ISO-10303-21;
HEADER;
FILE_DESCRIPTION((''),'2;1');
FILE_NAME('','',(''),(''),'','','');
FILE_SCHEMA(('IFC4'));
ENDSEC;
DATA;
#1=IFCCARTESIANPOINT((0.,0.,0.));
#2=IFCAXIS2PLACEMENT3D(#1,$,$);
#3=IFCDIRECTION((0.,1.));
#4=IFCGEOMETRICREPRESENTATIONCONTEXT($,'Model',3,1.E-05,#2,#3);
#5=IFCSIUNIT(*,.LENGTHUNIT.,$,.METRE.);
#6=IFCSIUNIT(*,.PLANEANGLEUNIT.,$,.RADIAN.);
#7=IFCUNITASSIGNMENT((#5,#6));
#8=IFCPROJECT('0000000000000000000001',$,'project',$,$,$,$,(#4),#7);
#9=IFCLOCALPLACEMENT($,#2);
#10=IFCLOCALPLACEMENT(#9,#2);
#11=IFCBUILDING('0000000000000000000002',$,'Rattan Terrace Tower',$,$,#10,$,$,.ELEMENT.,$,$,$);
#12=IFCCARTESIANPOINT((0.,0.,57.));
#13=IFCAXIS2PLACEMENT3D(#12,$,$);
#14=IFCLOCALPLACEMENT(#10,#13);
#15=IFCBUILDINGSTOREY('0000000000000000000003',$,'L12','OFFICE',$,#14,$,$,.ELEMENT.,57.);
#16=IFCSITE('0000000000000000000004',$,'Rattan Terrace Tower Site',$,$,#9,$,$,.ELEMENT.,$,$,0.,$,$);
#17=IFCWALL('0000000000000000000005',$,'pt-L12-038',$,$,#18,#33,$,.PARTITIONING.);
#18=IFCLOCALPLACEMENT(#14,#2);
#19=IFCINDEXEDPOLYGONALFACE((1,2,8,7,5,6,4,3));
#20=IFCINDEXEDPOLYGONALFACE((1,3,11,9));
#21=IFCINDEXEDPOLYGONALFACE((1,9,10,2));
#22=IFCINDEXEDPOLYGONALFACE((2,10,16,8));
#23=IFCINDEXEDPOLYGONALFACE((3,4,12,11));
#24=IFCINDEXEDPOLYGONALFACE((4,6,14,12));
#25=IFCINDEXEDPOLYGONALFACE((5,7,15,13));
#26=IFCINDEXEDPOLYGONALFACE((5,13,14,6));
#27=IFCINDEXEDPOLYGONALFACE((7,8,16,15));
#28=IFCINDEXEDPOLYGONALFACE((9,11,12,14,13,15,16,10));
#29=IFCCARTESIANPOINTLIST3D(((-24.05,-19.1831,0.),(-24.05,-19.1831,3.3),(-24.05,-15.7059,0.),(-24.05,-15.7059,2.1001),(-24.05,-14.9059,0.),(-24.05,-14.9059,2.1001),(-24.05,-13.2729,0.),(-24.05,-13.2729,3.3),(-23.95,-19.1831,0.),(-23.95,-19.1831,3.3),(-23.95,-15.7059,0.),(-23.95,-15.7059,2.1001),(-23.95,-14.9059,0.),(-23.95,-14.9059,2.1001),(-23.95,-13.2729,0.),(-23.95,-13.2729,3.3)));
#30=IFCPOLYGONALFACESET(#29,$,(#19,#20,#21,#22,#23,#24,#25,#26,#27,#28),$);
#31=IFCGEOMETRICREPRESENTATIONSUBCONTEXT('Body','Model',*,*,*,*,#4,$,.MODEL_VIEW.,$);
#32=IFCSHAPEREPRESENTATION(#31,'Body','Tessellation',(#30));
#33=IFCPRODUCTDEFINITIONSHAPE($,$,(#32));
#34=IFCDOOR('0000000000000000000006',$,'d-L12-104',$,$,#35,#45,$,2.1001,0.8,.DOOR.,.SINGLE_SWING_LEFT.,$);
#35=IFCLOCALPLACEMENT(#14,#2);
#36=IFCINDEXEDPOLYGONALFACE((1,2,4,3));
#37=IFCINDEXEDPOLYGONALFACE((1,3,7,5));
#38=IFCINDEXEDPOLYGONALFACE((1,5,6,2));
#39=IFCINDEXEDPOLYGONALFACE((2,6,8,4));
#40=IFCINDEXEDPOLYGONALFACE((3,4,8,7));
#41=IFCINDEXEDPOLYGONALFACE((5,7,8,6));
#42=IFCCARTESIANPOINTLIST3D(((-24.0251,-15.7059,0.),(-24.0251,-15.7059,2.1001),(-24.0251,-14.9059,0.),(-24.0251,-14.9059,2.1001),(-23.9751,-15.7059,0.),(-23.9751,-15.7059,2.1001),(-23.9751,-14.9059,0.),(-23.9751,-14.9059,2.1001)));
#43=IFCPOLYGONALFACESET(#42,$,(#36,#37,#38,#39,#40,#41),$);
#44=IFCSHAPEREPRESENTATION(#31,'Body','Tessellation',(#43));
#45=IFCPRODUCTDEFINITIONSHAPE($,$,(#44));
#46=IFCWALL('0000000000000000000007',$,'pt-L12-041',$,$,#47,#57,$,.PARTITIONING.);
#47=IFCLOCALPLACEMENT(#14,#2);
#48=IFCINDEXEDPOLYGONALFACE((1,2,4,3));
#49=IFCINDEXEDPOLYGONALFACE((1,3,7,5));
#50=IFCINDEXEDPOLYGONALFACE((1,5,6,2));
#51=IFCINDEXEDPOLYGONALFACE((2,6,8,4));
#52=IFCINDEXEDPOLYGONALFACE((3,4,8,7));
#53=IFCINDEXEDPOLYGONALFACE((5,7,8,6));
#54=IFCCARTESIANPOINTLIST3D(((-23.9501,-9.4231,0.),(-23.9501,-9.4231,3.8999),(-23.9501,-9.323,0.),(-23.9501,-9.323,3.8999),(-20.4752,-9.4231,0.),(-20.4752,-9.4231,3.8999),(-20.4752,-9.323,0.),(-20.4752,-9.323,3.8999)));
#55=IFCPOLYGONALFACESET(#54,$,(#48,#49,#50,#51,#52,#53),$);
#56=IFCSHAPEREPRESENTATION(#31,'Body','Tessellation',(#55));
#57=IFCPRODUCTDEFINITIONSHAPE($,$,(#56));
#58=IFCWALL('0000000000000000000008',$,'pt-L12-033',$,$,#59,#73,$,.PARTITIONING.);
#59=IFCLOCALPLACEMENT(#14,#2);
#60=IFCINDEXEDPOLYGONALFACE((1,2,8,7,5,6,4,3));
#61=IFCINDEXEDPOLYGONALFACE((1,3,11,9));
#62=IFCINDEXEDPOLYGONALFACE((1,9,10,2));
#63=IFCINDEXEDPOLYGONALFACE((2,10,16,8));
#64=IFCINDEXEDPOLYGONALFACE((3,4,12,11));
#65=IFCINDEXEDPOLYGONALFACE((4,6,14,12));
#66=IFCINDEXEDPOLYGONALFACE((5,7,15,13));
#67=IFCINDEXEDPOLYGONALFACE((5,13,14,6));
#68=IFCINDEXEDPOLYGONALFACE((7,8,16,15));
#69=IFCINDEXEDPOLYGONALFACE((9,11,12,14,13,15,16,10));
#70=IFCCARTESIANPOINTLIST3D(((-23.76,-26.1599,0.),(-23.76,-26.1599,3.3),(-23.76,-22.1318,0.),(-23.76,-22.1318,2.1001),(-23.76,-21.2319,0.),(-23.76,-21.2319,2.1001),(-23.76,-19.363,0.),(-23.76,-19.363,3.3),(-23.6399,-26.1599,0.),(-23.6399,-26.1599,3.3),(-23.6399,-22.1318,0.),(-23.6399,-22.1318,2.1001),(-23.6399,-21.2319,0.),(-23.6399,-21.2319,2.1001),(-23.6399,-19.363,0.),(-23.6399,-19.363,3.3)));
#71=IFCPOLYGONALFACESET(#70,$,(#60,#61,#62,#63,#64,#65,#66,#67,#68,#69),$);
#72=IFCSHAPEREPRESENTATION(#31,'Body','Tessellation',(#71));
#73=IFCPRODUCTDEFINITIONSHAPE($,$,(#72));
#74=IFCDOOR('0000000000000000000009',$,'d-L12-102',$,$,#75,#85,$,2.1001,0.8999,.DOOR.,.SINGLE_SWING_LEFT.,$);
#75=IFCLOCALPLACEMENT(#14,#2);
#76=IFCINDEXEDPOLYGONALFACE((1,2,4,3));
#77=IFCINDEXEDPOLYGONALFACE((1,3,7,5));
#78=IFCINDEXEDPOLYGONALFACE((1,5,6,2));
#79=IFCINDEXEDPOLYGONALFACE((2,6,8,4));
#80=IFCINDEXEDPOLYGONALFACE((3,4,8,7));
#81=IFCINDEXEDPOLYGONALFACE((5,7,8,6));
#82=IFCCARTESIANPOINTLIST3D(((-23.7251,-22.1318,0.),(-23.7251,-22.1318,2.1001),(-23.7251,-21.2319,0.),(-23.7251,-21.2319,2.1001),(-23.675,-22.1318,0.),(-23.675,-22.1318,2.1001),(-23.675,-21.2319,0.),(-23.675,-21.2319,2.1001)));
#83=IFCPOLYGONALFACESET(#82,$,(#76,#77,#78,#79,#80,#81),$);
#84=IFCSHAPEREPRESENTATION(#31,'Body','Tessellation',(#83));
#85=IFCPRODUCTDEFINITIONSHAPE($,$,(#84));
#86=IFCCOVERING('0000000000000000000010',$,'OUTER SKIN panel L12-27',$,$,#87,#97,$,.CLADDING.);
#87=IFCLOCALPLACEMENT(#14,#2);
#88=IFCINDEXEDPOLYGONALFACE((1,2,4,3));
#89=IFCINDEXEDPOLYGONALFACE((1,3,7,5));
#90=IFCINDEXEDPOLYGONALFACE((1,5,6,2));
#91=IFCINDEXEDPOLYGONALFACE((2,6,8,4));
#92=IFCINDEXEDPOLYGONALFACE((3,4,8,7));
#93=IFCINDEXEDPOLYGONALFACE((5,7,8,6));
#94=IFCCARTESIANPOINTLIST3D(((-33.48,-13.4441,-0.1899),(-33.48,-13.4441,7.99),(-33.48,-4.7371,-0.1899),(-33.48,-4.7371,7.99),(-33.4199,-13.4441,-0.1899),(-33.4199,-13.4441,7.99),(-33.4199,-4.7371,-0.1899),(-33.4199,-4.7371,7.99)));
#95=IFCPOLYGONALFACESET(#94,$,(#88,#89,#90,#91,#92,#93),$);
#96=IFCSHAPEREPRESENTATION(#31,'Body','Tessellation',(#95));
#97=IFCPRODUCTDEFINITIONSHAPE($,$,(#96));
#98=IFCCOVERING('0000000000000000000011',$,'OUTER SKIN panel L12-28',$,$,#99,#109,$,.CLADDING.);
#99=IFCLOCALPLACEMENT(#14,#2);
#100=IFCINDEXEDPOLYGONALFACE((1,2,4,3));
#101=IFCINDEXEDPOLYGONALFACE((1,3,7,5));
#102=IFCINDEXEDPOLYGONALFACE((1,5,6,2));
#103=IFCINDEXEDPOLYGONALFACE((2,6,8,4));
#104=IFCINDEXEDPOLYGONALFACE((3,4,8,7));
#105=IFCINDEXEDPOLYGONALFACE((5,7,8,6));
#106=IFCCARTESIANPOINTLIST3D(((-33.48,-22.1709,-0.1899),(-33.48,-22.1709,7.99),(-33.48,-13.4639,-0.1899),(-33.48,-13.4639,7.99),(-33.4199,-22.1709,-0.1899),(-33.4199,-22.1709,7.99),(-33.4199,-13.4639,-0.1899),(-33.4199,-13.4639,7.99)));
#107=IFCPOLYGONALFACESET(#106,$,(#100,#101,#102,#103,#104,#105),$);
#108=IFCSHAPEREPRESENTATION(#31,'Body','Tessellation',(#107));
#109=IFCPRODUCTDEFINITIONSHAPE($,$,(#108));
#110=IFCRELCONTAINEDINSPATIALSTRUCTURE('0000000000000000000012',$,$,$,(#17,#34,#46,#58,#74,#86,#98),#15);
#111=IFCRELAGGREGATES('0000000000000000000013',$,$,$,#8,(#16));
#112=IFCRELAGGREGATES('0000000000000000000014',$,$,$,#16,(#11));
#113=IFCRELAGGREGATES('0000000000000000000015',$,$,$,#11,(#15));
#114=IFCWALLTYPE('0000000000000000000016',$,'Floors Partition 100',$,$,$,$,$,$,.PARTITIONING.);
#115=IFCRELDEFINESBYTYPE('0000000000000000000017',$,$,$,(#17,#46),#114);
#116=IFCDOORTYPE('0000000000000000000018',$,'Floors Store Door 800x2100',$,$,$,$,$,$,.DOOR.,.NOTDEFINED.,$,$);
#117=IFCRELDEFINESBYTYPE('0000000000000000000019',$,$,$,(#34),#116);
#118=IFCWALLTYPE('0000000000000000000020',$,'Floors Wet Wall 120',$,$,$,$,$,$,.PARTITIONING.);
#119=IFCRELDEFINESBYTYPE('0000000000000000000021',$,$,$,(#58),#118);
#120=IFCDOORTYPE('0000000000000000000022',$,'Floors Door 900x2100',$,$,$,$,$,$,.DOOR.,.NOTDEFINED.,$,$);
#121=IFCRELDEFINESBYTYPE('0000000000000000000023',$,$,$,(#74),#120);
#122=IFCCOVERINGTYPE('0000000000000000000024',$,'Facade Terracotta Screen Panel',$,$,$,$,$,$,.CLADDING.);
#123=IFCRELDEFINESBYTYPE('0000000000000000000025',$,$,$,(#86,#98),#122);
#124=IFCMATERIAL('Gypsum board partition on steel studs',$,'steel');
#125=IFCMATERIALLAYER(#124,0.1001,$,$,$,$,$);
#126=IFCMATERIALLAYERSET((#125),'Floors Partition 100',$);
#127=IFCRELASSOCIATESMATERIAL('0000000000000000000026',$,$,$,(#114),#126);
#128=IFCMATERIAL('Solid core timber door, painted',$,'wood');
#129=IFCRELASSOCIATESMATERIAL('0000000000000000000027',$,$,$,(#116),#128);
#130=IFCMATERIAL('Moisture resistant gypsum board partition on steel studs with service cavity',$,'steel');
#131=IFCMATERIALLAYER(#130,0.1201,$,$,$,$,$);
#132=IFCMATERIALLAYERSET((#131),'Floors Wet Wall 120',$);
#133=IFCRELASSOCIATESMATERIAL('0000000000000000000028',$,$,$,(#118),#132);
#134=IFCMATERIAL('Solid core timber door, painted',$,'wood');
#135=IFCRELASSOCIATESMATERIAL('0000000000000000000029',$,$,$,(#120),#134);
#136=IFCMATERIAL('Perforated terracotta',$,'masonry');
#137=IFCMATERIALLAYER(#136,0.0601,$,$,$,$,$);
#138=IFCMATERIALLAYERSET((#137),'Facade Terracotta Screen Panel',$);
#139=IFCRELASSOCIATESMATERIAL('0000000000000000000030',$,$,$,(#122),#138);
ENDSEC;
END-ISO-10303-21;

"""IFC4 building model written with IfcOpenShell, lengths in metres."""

from ifc_helpers import new_model, si_unit, direction, frame, frame_2d, origin, origin_2d, place, context, subcontext, project, spatial, rectangle, extrude, material, layer, layer_set, type_object, element, fill, save


model = new_model("IFC4")

# Units and contexts
model_context = context("Model", 3, precision=1e-05, world=origin(), true_north=direction((0.0, 1.0)))
body_context = subcontext(model_context, "Body", "Model", "MODEL_VIEW")
ifc_project = project(units=[si_unit("LENGTHUNIT", "METRE"), si_unit("PLANEANGLEUNIT", "RADIAN")], contexts=[model_context])

# Site, building, storey
site_placement = place(None, origin())
site = spatial("IfcSite", under=ifc_project, at=site_placement, Name="Rattan Terrace Tower Site", CompositionType="ELEMENT", RefElevation=0.0)
building_placement = place(site_placement, origin())
building = spatial("IfcBuilding", under=site, at=building_placement, Name="Rattan Terrace Tower", CompositionType="ELEMENT")
storey_placement = place(building_placement, frame((0.0, 0.0, 57.0)))
storey = spatial("IfcBuildingStorey", under=building, at=storey_placement, Name="L12", Description="OFFICE", CompositionType="ELEMENT", Elevation=57.0)

# Wall, opening, door
ifc_material_1 = material(Name="Gypsum board partition on steel studs", Category="steel")
ifc_layer_1 = layer(ifc_material_1, 0.1001)
ifc_layer_set_1 = layer_set([ifc_layer_1], Name="Floors Partition 100")
wall_type_1 = type_object("IfcWallType", Name="Floors Partition 100", PredefinedType="PARTITIONING", material=ifc_layer_set_1)
wall_1_placement = place(storey_placement, frame((-24.0, -13.2729, 0.0), z_axis=(0.0, 0.0, 1.0), x_axis=(0.0, -1.0, 0.0)))
wall_1 = element("IfcWall", 1, at=wall_1_placement, inside=storey, type_object=wall_type_1, Name="pt-L12-038", PredefinedType="PARTITIONING", context=body_context, shape_type="SweptSolid", body=[
    extrude(rectangle(XDim=5.9102, YDim=0.1001, at=frame_2d((2.9551, 0.0))), origin(), (0.0, 0.0, 1.0), 3.3),
])
opening_1_placement = place(wall_1_placement, frame((1.6331, 0.0, 0.0)))
opening_1 = element("IfcOpeningElement", 2, at=opening_1_placement, cuts=wall_1, PredefinedType="OPENING", context=body_context, shape_type="SweptSolid", body=[
    extrude(rectangle(XDim=0.8, YDim=2.1001, at=frame_2d((0.3999, 1.05))), frame((0.0, 0.0605, 0.0), z_axis=(0.0, -1.0, 0.0), x_axis=(1.0, 0.0, 0.0)), (0.0, 0.0, 1.0), 0.1211),
])
ifc_material_2 = material(Name="Solid core timber door, painted", Category="wood")
door_type_1 = type_object("IfcDoorType", Name="Floors Store Door 800x2100", OperationType="NOTDEFINED", PredefinedType="DOOR", material=ifc_material_2)
door_1_placement = place(opening_1_placement, origin())
door_1 = element("IfcDoor", 3, at=door_1_placement, inside=storey, type_object=door_type_1, Name="d-L12-104", OperationType="SINGLE_SWING_LEFT", OverallHeight=2.1001, OverallWidth=0.8, PredefinedType="DOOR", context=body_context, shape_type="SweptSolid", body=[
    extrude(rectangle(XDim=0.8, YDim=2.1001, at=frame_2d((0.3999, 1.05))), frame((0.0, 0.0249, 0.0), z_axis=(0.0, -1.0, 0.0), x_axis=(1.0, 0.0, 0.0)), (0.0, 0.0, 1.0), 0.05),
])
fill(opening_1, door_1)

# Wall
wall_2_placement = place(storey_placement, frame((-23.95, -9.373, 0.0), z_axis=(0.0, 0.0, 1.0), x_axis=(1.0, 0.0, 0.0)))
element("IfcWall", 4, at=wall_2_placement, inside=storey, type_object=wall_type_1, Name="pt-L12-041", PredefinedType="PARTITIONING", context=body_context, shape_type="SweptSolid", body=[
    extrude(rectangle(XDim=3.4749, YDim=0.1001, at=frame_2d((1.7373, 0.0))), origin(), (0.0, 0.0, 1.0), 3.8999),
])

# Wall, opening, door
ifc_material_3 = material(Name="Moisture resistant gypsum board partition on steel studs with service cavity", Category="steel")
ifc_layer_2 = layer(ifc_material_3, 0.1201)
ifc_layer_set_2 = layer_set([ifc_layer_2], Name="Floors Wet Wall 120")
wall_type_2 = type_object("IfcWallType", Name="Floors Wet Wall 120", PredefinedType="PARTITIONING", material=ifc_layer_set_2)
wall_3_placement = place(storey_placement, frame((-23.7, -19.363, 0.0), z_axis=(0.0, 0.0, 1.0), x_axis=(0.0, -1.0, 0.0)))
wall_3 = element("IfcWall", 5, at=wall_3_placement, inside=storey, type_object=wall_type_2, Name="pt-L12-033", PredefinedType="PARTITIONING", context=body_context, shape_type="SweptSolid", body=[
    extrude(rectangle(XDim=6.7969, YDim=0.1201, at=frame_2d((3.3984, 0.0))), origin(), (0.0, 0.0, 1.0), 3.3),
])
opening_2_placement = place(wall_3_placement, frame((1.8689, 0.0, 0.0)))
opening_2 = element("IfcOpeningElement", 6, at=opening_2_placement, cuts=wall_3, PredefinedType="OPENING", context=body_context, shape_type="SweptSolid", body=[
    extrude(rectangle(XDim=0.8999, YDim=2.1001, at=frame_2d((0.45, 1.05))), frame((0.0, 0.0706, 0.0), z_axis=(0.0, -1.0, 0.0), x_axis=(1.0, 0.0, 0.0)), (0.0, 0.0, 1.0), 0.1411),
])
ifc_material_4 = material(Name="Solid core timber door, painted", Category="wood")
door_type_2 = type_object("IfcDoorType", Name="Floors Door 900x2100", OperationType="NOTDEFINED", PredefinedType="DOOR", material=ifc_material_4)
door_2_placement = place(opening_2_placement, origin())
door_2 = element("IfcDoor", 7, at=door_2_placement, inside=storey, type_object=door_type_2, Name="d-L12-102", OperationType="SINGLE_SWING_LEFT", OverallHeight=2.1001, OverallWidth=0.8999, PredefinedType="DOOR", context=body_context, shape_type="SweptSolid", body=[
    extrude(rectangle(XDim=0.8999, YDim=2.1001, at=frame_2d((0.45, 1.05))), frame((0.0, 0.0249, 0.0), z_axis=(0.0, -1.0, 0.0), x_axis=(1.0, 0.0, 0.0)), (0.0, 0.0, 1.0), 0.05),
])
fill(opening_2, door_2)

# Coverings
ifc_material_5 = material(Name="Perforated terracotta", Category="masonry")
ifc_layer_3 = layer(ifc_material_5, 0.0601)
ifc_layer_set_3 = layer_set([ifc_layer_3], Name="Facade Terracotta Screen Panel")
covering_type = type_object("IfcCoveringType", Name="Facade Terracotta Screen Panel", PredefinedType="CLADDING", material=ifc_layer_set_3)
for number, where, z_axis, x_axis, name in (
    (8, (-33.45, -9.0906, -0.1899), (0.0, 0.0, 1.0), (0.0, -1.0, 0.0), "OUTER SKIN panel L12-27"),
    (9, (-33.45, -17.8174, -0.1899), (0.0, 0.0, 1.0), (0.0, -1.0, 0.0), "OUTER SKIN panel L12-28"),
):
    element("IfcCovering", number, at=place(storey_placement, frame(where, z_axis=z_axis, x_axis=x_axis)), inside=storey, type_object=covering_type, Name=name, PredefinedType="CLADDING", context=body_context, shape_type="SweptSolid", body=[
        extrude(rectangle(XDim=8.707, YDim=0.0601, at=origin_2d()), origin(), (0.0, 0.0, 1.0), 8.1799),
    ])

save(model, "model.ifc")
